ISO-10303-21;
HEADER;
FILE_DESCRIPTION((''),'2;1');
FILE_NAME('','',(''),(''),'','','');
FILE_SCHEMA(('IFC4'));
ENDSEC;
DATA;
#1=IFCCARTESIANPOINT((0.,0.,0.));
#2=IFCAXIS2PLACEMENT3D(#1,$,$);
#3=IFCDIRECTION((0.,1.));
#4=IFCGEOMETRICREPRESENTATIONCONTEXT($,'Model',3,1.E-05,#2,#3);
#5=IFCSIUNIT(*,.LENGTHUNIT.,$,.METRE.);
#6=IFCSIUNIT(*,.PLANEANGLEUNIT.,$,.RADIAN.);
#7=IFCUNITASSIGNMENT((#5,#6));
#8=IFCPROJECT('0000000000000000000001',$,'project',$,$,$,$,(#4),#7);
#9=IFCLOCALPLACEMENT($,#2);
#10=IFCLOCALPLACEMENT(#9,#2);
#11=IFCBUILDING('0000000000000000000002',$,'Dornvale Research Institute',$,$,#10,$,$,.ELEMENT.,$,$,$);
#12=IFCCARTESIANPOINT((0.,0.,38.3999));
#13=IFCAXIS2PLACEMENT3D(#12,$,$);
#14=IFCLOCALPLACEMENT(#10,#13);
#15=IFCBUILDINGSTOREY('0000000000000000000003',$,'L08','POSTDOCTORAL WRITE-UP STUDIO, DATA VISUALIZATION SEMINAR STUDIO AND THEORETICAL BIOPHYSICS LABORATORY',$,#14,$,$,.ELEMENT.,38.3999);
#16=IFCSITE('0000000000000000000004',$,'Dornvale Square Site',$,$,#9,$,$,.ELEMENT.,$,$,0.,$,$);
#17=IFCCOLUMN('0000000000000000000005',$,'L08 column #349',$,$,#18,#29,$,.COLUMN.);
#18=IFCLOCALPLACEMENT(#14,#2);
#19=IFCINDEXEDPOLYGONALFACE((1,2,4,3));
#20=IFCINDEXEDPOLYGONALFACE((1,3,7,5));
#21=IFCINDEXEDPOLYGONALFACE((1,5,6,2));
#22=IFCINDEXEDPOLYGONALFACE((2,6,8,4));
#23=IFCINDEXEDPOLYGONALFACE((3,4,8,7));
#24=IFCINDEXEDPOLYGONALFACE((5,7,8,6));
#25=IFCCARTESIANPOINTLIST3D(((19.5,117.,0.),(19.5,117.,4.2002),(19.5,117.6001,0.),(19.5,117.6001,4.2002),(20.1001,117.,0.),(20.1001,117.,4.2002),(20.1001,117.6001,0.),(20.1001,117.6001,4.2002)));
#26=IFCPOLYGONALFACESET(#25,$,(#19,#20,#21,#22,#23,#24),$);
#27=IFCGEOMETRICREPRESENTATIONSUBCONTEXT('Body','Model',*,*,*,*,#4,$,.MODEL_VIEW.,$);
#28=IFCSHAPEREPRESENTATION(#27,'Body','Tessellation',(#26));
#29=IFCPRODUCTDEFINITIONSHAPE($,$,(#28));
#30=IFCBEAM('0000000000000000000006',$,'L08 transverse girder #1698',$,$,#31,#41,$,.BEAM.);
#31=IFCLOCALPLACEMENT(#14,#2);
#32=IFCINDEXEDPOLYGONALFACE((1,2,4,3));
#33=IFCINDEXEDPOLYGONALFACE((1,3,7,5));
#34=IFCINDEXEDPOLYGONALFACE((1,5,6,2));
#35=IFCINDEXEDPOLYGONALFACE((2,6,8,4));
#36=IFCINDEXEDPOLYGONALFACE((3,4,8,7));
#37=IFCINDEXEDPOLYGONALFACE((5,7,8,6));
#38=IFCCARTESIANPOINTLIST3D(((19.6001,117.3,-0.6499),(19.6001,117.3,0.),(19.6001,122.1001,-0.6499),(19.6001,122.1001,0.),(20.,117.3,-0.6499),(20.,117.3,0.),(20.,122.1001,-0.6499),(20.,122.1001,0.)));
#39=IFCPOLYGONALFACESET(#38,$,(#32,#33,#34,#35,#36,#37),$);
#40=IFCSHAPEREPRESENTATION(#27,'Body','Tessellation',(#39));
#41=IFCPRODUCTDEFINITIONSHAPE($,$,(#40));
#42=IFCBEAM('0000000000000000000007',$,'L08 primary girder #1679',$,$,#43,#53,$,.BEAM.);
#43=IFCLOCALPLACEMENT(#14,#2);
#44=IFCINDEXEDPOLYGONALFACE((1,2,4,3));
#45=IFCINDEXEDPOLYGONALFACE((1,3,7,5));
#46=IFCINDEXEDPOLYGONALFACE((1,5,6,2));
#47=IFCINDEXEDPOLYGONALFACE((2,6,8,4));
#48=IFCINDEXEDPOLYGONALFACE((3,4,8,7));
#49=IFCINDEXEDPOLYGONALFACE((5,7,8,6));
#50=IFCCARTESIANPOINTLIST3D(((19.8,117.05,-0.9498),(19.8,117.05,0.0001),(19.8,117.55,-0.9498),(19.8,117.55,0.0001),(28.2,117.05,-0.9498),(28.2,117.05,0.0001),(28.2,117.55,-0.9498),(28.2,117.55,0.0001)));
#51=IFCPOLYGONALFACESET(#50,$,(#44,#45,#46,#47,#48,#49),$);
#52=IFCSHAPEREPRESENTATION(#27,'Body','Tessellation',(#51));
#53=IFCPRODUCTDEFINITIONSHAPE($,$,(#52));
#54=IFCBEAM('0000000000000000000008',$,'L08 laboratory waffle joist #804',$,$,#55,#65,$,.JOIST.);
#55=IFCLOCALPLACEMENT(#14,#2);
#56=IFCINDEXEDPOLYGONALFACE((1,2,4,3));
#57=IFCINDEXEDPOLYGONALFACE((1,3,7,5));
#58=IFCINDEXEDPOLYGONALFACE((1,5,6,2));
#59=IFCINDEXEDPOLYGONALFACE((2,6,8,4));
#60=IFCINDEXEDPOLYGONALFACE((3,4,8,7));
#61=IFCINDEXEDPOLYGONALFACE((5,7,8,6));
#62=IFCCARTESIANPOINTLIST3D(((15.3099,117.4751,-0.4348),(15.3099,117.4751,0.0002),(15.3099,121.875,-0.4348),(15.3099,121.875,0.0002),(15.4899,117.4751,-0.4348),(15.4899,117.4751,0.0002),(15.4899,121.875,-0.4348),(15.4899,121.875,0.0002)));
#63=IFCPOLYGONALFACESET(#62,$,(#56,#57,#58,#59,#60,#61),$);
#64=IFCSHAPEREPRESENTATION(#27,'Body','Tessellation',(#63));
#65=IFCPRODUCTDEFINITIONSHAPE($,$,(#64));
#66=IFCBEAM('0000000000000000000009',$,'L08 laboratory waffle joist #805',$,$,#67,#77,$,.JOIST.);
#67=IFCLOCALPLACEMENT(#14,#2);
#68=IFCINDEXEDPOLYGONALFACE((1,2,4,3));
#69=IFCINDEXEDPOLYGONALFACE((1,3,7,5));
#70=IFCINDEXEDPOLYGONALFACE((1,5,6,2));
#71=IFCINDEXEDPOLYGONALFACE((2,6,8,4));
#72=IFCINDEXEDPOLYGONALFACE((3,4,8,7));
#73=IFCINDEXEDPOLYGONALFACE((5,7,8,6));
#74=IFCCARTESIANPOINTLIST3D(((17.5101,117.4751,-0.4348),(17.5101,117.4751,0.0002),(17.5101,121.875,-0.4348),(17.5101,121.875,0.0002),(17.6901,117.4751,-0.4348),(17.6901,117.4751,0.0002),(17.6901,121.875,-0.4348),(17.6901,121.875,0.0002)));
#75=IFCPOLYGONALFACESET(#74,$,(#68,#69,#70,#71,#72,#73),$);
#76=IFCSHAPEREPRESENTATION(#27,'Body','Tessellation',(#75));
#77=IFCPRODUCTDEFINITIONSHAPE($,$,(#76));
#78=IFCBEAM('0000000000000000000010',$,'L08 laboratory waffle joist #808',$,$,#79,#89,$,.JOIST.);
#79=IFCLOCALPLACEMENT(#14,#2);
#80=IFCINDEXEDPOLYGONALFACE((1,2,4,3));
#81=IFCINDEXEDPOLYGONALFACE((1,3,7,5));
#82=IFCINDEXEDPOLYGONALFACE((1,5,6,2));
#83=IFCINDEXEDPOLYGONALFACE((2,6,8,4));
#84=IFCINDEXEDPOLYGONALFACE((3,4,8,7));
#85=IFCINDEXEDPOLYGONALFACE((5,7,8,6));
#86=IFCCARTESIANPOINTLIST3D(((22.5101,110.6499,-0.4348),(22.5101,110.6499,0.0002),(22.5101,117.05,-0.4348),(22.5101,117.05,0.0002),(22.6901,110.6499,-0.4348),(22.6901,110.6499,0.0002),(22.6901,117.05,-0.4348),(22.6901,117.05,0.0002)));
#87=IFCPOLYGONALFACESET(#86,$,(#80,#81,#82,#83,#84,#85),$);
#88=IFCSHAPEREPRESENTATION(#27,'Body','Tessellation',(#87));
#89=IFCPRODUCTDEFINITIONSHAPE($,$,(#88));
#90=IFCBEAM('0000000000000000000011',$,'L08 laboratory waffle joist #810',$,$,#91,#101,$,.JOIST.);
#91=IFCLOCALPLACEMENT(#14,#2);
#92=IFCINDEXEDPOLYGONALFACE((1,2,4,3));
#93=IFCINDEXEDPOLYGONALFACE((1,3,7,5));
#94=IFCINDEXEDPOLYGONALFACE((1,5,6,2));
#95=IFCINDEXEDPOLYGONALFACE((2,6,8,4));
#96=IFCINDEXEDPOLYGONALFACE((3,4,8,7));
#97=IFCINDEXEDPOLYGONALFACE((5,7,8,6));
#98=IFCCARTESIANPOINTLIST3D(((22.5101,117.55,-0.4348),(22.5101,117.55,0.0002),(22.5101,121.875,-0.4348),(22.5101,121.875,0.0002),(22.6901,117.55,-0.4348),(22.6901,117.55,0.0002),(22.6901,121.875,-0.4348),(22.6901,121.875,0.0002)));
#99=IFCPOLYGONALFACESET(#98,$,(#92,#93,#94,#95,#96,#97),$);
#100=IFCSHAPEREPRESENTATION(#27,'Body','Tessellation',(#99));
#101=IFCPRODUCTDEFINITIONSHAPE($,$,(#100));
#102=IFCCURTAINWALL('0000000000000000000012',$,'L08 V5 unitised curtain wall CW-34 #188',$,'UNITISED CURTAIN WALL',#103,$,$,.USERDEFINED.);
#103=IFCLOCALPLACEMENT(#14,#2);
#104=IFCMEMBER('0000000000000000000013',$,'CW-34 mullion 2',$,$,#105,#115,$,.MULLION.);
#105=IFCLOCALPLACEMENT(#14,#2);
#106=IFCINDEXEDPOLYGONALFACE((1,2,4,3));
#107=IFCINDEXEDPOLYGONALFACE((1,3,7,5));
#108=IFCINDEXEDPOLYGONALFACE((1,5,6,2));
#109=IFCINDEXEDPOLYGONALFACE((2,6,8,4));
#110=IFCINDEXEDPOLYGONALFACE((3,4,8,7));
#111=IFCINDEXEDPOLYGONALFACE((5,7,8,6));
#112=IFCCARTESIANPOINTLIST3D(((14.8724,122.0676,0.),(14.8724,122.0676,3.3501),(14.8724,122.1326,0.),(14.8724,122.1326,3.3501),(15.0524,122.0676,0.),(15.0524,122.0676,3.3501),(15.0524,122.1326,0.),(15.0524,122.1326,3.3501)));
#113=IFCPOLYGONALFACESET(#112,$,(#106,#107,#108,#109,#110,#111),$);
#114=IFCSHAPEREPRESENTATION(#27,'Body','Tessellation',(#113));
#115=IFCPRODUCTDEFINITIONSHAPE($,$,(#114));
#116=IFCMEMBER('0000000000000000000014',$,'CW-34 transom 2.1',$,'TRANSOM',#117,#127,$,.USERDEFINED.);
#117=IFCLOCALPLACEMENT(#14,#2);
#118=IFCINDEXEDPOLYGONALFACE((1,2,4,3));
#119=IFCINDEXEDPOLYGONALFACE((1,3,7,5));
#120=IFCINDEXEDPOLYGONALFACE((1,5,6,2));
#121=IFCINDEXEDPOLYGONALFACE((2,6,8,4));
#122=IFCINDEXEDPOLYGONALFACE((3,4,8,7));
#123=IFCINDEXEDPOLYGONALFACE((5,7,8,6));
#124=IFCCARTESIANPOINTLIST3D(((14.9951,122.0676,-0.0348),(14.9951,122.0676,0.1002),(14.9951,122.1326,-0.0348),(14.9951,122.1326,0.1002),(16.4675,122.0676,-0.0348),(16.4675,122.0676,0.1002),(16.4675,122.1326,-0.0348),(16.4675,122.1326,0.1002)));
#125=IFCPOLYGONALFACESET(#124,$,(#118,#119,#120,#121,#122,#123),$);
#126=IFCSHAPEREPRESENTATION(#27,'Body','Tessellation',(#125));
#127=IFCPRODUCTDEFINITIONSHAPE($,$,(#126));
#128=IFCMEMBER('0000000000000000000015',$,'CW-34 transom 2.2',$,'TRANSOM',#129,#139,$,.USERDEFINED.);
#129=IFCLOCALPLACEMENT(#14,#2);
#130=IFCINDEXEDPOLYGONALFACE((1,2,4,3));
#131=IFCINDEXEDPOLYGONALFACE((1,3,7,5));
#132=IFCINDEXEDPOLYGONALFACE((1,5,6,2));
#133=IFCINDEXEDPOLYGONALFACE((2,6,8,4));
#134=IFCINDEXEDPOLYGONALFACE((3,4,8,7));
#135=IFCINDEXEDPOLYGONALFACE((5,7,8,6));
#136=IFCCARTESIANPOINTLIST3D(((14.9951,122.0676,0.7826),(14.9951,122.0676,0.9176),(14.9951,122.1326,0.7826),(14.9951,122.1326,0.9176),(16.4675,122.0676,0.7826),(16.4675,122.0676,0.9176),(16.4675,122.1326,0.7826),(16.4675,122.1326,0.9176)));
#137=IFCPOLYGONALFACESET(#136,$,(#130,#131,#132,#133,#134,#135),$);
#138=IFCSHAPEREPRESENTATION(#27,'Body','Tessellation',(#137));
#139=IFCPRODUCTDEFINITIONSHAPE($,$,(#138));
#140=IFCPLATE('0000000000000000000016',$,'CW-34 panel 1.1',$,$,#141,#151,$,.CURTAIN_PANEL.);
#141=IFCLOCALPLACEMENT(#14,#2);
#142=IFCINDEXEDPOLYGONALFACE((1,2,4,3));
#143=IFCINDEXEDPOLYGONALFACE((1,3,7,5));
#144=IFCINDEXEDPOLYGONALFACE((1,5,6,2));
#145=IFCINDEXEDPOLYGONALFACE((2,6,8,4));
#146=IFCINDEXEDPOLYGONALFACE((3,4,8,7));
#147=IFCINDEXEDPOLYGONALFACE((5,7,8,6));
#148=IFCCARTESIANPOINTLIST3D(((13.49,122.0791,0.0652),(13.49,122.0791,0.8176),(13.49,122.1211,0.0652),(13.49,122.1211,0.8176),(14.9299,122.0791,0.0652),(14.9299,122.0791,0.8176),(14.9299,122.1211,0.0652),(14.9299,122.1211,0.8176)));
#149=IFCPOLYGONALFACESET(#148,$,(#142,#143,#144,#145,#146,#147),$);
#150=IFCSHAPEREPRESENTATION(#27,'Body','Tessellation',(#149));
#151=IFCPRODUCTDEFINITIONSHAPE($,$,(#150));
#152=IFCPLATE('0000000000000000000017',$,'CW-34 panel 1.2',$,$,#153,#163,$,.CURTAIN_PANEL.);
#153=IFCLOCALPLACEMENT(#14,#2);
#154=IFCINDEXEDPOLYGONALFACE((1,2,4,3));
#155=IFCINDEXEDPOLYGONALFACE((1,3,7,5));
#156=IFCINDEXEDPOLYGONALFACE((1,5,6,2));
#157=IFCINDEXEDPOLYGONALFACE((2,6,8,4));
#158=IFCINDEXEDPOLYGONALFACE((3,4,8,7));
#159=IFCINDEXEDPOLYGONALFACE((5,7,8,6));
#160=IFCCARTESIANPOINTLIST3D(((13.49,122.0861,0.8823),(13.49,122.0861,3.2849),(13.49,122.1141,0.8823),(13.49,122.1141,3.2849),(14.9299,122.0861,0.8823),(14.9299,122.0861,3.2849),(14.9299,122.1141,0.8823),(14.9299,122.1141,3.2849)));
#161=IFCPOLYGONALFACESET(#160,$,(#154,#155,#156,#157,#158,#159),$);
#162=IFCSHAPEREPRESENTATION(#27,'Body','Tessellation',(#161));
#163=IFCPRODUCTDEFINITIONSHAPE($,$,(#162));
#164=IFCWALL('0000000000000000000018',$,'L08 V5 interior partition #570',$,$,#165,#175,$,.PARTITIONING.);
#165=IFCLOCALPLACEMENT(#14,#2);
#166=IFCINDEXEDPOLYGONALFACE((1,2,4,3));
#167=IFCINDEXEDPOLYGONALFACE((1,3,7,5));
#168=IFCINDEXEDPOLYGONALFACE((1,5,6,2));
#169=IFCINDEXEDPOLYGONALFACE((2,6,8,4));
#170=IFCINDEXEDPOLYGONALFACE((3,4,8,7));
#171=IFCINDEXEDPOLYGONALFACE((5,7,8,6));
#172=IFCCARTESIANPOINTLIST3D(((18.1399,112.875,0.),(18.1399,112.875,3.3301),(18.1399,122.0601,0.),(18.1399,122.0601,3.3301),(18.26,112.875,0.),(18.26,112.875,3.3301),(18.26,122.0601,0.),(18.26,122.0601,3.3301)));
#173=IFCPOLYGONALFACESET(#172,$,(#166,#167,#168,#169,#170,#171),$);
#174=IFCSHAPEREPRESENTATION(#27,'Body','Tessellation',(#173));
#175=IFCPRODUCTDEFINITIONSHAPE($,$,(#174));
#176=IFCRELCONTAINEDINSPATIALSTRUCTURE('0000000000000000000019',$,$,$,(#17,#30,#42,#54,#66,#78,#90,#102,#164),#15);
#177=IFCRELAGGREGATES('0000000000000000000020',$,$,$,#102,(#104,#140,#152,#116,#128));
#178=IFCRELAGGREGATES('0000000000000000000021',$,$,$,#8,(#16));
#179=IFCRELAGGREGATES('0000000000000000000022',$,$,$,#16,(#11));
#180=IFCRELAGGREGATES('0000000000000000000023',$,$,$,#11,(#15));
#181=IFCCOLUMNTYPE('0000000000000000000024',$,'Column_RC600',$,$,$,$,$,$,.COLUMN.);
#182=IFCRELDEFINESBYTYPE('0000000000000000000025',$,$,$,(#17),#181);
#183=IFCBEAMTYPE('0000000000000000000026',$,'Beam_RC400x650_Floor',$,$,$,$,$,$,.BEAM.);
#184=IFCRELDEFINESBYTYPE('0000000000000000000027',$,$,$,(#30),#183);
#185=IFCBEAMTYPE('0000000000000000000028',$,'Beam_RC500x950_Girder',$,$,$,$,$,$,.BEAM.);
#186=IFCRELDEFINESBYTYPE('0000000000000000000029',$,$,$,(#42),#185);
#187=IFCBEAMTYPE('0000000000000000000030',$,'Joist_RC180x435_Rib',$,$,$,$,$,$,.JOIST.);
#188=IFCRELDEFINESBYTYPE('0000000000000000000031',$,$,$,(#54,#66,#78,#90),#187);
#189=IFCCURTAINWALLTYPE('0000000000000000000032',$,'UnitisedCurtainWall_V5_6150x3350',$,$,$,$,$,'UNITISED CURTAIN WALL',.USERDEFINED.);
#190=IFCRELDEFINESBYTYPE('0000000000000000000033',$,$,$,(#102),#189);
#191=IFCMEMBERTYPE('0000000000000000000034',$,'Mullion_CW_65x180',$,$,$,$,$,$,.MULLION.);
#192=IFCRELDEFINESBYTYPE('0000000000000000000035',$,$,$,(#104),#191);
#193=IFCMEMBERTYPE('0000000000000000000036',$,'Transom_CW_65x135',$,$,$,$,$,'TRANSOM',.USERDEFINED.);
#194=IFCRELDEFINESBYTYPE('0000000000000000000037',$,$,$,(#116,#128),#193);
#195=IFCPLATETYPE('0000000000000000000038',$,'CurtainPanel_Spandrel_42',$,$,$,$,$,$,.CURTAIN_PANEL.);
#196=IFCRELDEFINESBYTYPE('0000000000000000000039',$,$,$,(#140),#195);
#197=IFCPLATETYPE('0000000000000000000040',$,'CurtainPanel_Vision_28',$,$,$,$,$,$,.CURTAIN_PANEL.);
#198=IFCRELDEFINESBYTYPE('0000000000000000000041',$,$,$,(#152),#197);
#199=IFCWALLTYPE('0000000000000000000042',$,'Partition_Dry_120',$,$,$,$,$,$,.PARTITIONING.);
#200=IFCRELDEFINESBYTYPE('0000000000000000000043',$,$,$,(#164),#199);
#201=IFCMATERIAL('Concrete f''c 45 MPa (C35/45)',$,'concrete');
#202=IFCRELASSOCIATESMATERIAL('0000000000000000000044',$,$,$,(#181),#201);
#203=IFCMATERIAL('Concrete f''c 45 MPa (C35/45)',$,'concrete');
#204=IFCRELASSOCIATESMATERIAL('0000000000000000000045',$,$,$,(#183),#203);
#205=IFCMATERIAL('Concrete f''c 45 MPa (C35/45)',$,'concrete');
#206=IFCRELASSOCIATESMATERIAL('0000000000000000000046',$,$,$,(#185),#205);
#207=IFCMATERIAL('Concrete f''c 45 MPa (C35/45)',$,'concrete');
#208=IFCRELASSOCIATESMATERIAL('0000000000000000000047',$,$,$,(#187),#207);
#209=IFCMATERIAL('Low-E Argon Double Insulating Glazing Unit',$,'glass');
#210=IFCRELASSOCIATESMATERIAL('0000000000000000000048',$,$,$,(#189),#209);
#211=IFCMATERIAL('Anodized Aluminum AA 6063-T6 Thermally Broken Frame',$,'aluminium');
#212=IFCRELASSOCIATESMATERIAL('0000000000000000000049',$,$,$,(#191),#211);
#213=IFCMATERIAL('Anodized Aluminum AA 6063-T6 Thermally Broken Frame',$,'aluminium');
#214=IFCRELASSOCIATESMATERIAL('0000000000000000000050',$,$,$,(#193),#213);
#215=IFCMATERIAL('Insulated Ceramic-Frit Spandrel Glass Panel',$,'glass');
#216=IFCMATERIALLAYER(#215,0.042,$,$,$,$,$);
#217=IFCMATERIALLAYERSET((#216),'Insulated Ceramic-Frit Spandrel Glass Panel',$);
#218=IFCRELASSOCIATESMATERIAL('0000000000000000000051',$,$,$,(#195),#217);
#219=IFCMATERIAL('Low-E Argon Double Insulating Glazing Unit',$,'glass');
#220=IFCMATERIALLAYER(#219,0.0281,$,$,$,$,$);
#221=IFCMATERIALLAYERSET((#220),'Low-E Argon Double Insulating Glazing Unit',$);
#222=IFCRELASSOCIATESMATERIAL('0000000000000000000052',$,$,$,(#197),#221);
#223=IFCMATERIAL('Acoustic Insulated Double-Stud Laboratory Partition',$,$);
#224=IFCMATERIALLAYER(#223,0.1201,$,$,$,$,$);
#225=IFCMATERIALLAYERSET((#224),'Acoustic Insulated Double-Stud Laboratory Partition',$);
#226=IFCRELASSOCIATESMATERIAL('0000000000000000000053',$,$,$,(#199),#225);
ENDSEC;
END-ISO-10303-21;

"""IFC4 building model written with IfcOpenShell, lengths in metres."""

from ifc_helpers import new_model, si_unit, direction, frame, frame_2d, origin, origin_2d, place, context, subcontext, project, spatial, rectangle, extrude, material, layer, layer_set, material_profile, profile_set, type_object, element, aggregate, save


model = new_model("IFC4")

# Units and contexts
model_context = context("Model", 3, precision=1e-05, world=origin(), true_north=direction((0.0, 1.0)))
body_context = subcontext(model_context, "Body", "Model", "MODEL_VIEW")
ifc_project = project(units=[si_unit("LENGTHUNIT", "METRE"), si_unit("PLANEANGLEUNIT", "RADIAN")], contexts=[model_context])

# Site, building, storey
site_placement = place(None, origin())
site = spatial("IfcSite", under=ifc_project, at=site_placement, Name="Dornvale Square Site", CompositionType="ELEMENT", RefElevation=0.0)
building_placement = place(site_placement, origin())
building = spatial("IfcBuilding", under=site, at=building_placement, Name="Dornvale Research Institute", CompositionType="ELEMENT")
storey_placement = place(building_placement, frame((0.0, 0.0, 38.3999)))
storey = spatial("IfcBuildingStorey", under=building, at=storey_placement, Name="L08", Description="POSTDOCTORAL WRITE-UP STUDIO, DATA VISUALIZATION SEMINAR STUDIO AND THEORETICAL BIOPHYSICS LABORATORY", CompositionType="ELEMENT", Elevation=38.3999)

# Column
ifc_material_1 = material(Name="Concrete f'c 45 MPa (C35/45)", Category="concrete")
ifc_material_profile_1 = material_profile(ifc_material_1, rectangle(XDim=0.6001, YDim=0.6001, at=origin_2d()), Name="RC 600x600")
ifc_profile_set_1 = profile_set([ifc_material_profile_1], Name="Concrete f'c 45 MPa (C35/45)")
column_type = type_object("IfcColumnType", Name="Column_RC600", PredefinedType="COLUMN", material=ifc_profile_set_1)
column_placement = place(storey_placement, frame((19.8, 117.3, 0.0), z_axis=(0.0, 0.0, 1.0), x_axis=(1.0, 0.0, 0.0)))
element("IfcColumn", 1, at=column_placement, inside=storey, type_object=column_type, Name="L08 column #349", PredefinedType="COLUMN", context=body_context, shape_type="SweptSolid", body=[
    extrude(rectangle(XDim=0.6001, YDim=0.6001, at=origin_2d()), origin(), (0.0, 0.0, 1.0), 4.2002),
])

# Beams
ifc_material_2 = material(Name="Concrete f'c 45 MPa (C35/45)", Category="concrete")
ifc_material_profile_2 = material_profile(ifc_material_2, rectangle(XDim=0.3999, YDim=0.6499, at=origin_2d()), Name="RC 400x650")
ifc_profile_set_2 = profile_set([ifc_material_profile_2], Name="Concrete f'c 45 MPa (C35/45)")
beam_type_1 = type_object("IfcBeamType", Name="Beam_RC400x650_Floor", PredefinedType="BEAM", material=ifc_profile_set_2)
beam_1_placement = place(storey_placement, frame((19.8, 117.3, -0.325), z_axis=(0.0, 1.0, 0.0), x_axis=(-1.0, 0.0, 0.0)))
element("IfcBeam", 2, at=beam_1_placement, inside=storey, type_object=beam_type_1, Name="L08 transverse girder #1698", PredefinedType="BEAM", context=body_context, shape_type="SweptSolid", body=[
    extrude(rectangle(XDim=0.3999, YDim=0.6499, at=origin_2d()), origin(), (0.0, 0.0, 1.0), 4.8),
])
ifc_material_3 = material(Name="Concrete f'c 45 MPa (C35/45)", Category="concrete")
ifc_material_profile_3 = material_profile(ifc_material_3, rectangle(XDim=0.5, YDim=0.95, at=origin_2d()), Name="RC 500x950")
ifc_profile_set_3 = profile_set([ifc_material_profile_3], Name="Concrete f'c 45 MPa (C35/45)")
beam_type_2 = type_object("IfcBeamType", Name="Beam_RC500x950_Girder", PredefinedType="BEAM", material=ifc_profile_set_3)
beam_2_placement = place(storey_placement, frame((19.8, 117.3, -0.4749), z_axis=(1.0, 0.0, 0.0), x_axis=(0.0, 1.0, 0.0)))
element("IfcBeam", 3, at=beam_2_placement, inside=storey, type_object=beam_type_2, Name="L08 primary girder #1679", PredefinedType="BEAM", context=body_context, shape_type="SweptSolid", body=[
    extrude(rectangle(XDim=0.5, YDim=0.95, at=origin_2d()), origin(), (0.0, 0.0, 1.0), 8.3999),
])
ifc_material_4 = material(Name="Concrete f'c 45 MPa (C35/45)", Category="concrete")
ifc_material_profile_4 = material_profile(ifc_material_4, rectangle(XDim=0.1799, YDim=0.4351, at=origin_2d()), Name="RC 180x435")
ifc_profile_set_4 = profile_set([ifc_material_profile_4], Name="Concrete f'c 45 MPa (C35/45)")
beam_type_3 = type_object("IfcBeamType", Name="Joist_RC180x435_Rib", PredefinedType="JOIST", material=ifc_profile_set_4)
for number, where, z_axis, x_axis, name in (
    (4, (15.3999, 117.4751, -0.2173), (0.0, 1.0, 0.0), (-1.0, 0.0, 0.0), "L08 laboratory waffle joist #804"),
    (5, (17.6001, 117.4751, -0.2173), (0.0, 1.0, 0.0), (-1.0, 0.0, 0.0), "L08 laboratory waffle joist #805"),
):
    element("IfcBeam", number, at=place(storey_placement, frame(where, z_axis=z_axis, x_axis=x_axis)), inside=storey, type_object=beam_type_3, Name=name, PredefinedType="JOIST", context=body_context, shape_type="SweptSolid", body=[
        extrude(rectangle(XDim=0.1799, YDim=0.4351, at=origin_2d()), origin(), (0.0, 0.0, 1.0), 4.3999),
    ])
beam_3_placement = place(storey_placement, frame((22.6001, 110.6499, -0.2173), z_axis=(0.0, 1.0, 0.0), x_axis=(-1.0, 0.0, 0.0)))
element("IfcBeam", 6, at=beam_3_placement, inside=storey, type_object=beam_type_3, Name="L08 laboratory waffle joist #808", PredefinedType="JOIST", context=body_context, shape_type="SweptSolid", body=[
    extrude(rectangle(XDim=0.1799, YDim=0.4351, at=origin_2d()), origin(), (0.0, 0.0, 1.0), 6.4001),
])
beam_4_placement = place(storey_placement, frame((22.6001, 117.55, -0.2173), z_axis=(0.0, 1.0, 0.0), x_axis=(-1.0, 0.0, 0.0)))
element("IfcBeam", 7, at=beam_4_placement, inside=storey, type_object=beam_type_3, Name="L08 laboratory waffle joist #810", PredefinedType="JOIST", context=body_context, shape_type="SweptSolid", body=[
    extrude(rectangle(XDim=0.1799, YDim=0.4351, at=origin_2d()), origin(), (0.0, 0.0, 1.0), 4.325),
])

# Curtain wall, members, plates
ifc_material_5 = material(Name="Low-E Argon Double Insulating Glazing Unit", Category="glass")
curtain_wall_type = type_object("IfcCurtainWallType", Name="UnitisedCurtainWall_V5_6150x3350", ElementType="UNITISED CURTAIN WALL", PredefinedType="USERDEFINED", material=ifc_material_5)
curtain_wall_placement = place(storey_placement, origin())
curtain_wall = element("IfcCurtainWall", 8, at=curtain_wall_placement, inside=storey, type_object=curtain_wall_type, Name="L08 V5 unitised curtain wall CW-34 #188", ObjectType="UNITISED CURTAIN WALL", PredefinedType="USERDEFINED")
ifc_material_6 = material(Name="Anodized Aluminum AA 6063-T6 Thermally Broken Frame", Category="aluminium")
ifc_material_profile_5 = material_profile(ifc_material_6, rectangle(XDim=0.0649, YDim=0.1799, at=origin_2d()), Name="ALU MULLION 65x180")
ifc_profile_set_5 = profile_set([ifc_material_profile_5], Name="Anodized Aluminum AA 6063-T6 Thermally Broken Frame")
member_type_1 = type_object("IfcMemberType", Name="Mullion_CW_65x180", PredefinedType="MULLION", material=ifc_profile_set_5)
member_1_placement = place(storey_placement, frame((14.9624, 122.1001, 0.0), z_axis=(0.0, 0.0, 1.0), x_axis=(0.0, 1.0, 0.0)))
member_1 = element("IfcMember", 9, at=member_1_placement, type_object=member_type_1, Name="CW-34 mullion 2", PredefinedType="MULLION", context=body_context, shape_type="SweptSolid", body=[
    extrude(rectangle(XDim=0.0649, YDim=0.1799, at=origin_2d()), origin(), (0.0, 0.0, 1.0), 3.3501),
])
ifc_material_7 = material(Name="Anodized Aluminum AA 6063-T6 Thermally Broken Frame", Category="aluminium")
ifc_material_profile_6 = material_profile(ifc_material_7, rectangle(XDim=0.0649, YDim=0.135, at=origin_2d()), Name="ALU TRANSOM 65x135")
ifc_profile_set_6 = profile_set([ifc_material_profile_6], Name="Anodized Aluminum AA 6063-T6 Thermally Broken Frame")
member_type_2 = type_object("IfcMemberType", Name="Transom_CW_65x135", ElementType="TRANSOM", PredefinedType="USERDEFINED", material=ifc_profile_set_6)
member_2_placement = place(storey_placement, frame((14.9951, 122.1001, 0.0327), z_axis=(1.0, 0.0, 0.0), x_axis=(0.0, 1.0, 0.0)))
member_2 = element("IfcMember", 10, at=member_2_placement, type_object=member_type_2, Name="CW-34 transom 2.1", ObjectType="TRANSOM", PredefinedType="USERDEFINED", context=body_context, shape_type="SweptSolid", body=[
    extrude(rectangle(XDim=0.0649, YDim=0.135, at=origin_2d()), origin(), (0.0, 0.0, 1.0), 1.4724),
])
member_3_placement = place(storey_placement, frame((14.9951, 122.1001, 0.8501), z_axis=(1.0, 0.0, 0.0), x_axis=(0.0, 1.0, 0.0)))
member_3 = element("IfcMember", 11, at=member_3_placement, type_object=member_type_2, Name="CW-34 transom 2.2", ObjectType="TRANSOM", PredefinedType="USERDEFINED", context=body_context, shape_type="SweptSolid", body=[
    extrude(rectangle(XDim=0.0649, YDim=0.135, at=origin_2d()), origin(), (0.0, 0.0, 1.0), 1.4724),
])
ifc_material_8 = material(Name="Insulated Ceramic-Frit Spandrel Glass Panel", Category="glass")
ifc_layer_1 = layer(ifc_material_8, 0.042)
ifc_layer_set_1 = layer_set([ifc_layer_1], Name="Insulated Ceramic-Frit Spandrel Glass Panel")
plate_type_1 = type_object("IfcPlateType", Name="CurtainPanel_Spandrel_42", PredefinedType="CURTAIN_PANEL", material=ifc_layer_set_1)
plate_1_placement = place(storey_placement, frame((14.21, 122.1001, 0.0652), z_axis=(0.0, 0.0, 1.0), x_axis=(1.0, 0.0, 0.0)))
plate_1 = element("IfcPlate", 12, at=plate_1_placement, type_object=plate_type_1, Name="CW-34 panel 1.1", PredefinedType="CURTAIN_PANEL", context=body_context, shape_type="SweptSolid", body=[
    extrude(rectangle(XDim=1.4399, YDim=0.042, at=origin_2d()), origin(), (0.0, 0.0, 1.0), 0.7524),
])
ifc_material_9 = material(Name="Low-E Argon Double Insulating Glazing Unit", Category="glass")
ifc_layer_2 = layer(ifc_material_9, 0.0281)
ifc_layer_set_2 = layer_set([ifc_layer_2], Name="Low-E Argon Double Insulating Glazing Unit")
plate_type_2 = type_object("IfcPlateType", Name="CurtainPanel_Vision_28", PredefinedType="CURTAIN_PANEL", material=ifc_layer_set_2)
plate_2_placement = place(storey_placement, frame((14.21, 122.1001, 0.8823), z_axis=(0.0, 0.0, 1.0), x_axis=(1.0, 0.0, 0.0)))
plate_2 = element("IfcPlate", 13, at=plate_2_placement, type_object=plate_type_2, Name="CW-34 panel 1.2", PredefinedType="CURTAIN_PANEL", context=body_context, shape_type="SweptSolid", body=[
    extrude(rectangle(XDim=1.4399, YDim=0.0281, at=origin_2d()), origin(), (0.0, 0.0, 1.0), 2.4026),
])
aggregate(curtain_wall, [member_1, plate_1, plate_2, member_2, member_3])

# Wall
ifc_material_10 = material(Name="Acoustic Insulated Double-Stud Laboratory Partition")
ifc_layer_3 = layer(ifc_material_10, 0.1201)
ifc_layer_set_3 = layer_set([ifc_layer_3], Name="Acoustic Insulated Double-Stud Laboratory Partition")
wall_type_1 = type_object("IfcWallType", Name="Partition_Dry_120", PredefinedType="PARTITIONING", material=ifc_layer_set_3)
wall_1_placement = place(storey_placement, frame((18.2, 112.875, 0.0), z_axis=(0.0, 0.0, 1.0), x_axis=(0.0, 1.0, 0.0)))
element("IfcWall", 14, at=wall_1_placement, inside=storey, type_object=wall_type_1, Name="L08 V5 interior partition #570", PredefinedType="PARTITIONING", context=body_context, shape_type="SweptSolid", body=[
    extrude(rectangle(XDim=9.1851, YDim=0.1201, at=frame_2d((4.5925, 0.0))), origin(), (0.0, 0.0, 1.0), 3.3301),
])

save(model, "model.ifc")
